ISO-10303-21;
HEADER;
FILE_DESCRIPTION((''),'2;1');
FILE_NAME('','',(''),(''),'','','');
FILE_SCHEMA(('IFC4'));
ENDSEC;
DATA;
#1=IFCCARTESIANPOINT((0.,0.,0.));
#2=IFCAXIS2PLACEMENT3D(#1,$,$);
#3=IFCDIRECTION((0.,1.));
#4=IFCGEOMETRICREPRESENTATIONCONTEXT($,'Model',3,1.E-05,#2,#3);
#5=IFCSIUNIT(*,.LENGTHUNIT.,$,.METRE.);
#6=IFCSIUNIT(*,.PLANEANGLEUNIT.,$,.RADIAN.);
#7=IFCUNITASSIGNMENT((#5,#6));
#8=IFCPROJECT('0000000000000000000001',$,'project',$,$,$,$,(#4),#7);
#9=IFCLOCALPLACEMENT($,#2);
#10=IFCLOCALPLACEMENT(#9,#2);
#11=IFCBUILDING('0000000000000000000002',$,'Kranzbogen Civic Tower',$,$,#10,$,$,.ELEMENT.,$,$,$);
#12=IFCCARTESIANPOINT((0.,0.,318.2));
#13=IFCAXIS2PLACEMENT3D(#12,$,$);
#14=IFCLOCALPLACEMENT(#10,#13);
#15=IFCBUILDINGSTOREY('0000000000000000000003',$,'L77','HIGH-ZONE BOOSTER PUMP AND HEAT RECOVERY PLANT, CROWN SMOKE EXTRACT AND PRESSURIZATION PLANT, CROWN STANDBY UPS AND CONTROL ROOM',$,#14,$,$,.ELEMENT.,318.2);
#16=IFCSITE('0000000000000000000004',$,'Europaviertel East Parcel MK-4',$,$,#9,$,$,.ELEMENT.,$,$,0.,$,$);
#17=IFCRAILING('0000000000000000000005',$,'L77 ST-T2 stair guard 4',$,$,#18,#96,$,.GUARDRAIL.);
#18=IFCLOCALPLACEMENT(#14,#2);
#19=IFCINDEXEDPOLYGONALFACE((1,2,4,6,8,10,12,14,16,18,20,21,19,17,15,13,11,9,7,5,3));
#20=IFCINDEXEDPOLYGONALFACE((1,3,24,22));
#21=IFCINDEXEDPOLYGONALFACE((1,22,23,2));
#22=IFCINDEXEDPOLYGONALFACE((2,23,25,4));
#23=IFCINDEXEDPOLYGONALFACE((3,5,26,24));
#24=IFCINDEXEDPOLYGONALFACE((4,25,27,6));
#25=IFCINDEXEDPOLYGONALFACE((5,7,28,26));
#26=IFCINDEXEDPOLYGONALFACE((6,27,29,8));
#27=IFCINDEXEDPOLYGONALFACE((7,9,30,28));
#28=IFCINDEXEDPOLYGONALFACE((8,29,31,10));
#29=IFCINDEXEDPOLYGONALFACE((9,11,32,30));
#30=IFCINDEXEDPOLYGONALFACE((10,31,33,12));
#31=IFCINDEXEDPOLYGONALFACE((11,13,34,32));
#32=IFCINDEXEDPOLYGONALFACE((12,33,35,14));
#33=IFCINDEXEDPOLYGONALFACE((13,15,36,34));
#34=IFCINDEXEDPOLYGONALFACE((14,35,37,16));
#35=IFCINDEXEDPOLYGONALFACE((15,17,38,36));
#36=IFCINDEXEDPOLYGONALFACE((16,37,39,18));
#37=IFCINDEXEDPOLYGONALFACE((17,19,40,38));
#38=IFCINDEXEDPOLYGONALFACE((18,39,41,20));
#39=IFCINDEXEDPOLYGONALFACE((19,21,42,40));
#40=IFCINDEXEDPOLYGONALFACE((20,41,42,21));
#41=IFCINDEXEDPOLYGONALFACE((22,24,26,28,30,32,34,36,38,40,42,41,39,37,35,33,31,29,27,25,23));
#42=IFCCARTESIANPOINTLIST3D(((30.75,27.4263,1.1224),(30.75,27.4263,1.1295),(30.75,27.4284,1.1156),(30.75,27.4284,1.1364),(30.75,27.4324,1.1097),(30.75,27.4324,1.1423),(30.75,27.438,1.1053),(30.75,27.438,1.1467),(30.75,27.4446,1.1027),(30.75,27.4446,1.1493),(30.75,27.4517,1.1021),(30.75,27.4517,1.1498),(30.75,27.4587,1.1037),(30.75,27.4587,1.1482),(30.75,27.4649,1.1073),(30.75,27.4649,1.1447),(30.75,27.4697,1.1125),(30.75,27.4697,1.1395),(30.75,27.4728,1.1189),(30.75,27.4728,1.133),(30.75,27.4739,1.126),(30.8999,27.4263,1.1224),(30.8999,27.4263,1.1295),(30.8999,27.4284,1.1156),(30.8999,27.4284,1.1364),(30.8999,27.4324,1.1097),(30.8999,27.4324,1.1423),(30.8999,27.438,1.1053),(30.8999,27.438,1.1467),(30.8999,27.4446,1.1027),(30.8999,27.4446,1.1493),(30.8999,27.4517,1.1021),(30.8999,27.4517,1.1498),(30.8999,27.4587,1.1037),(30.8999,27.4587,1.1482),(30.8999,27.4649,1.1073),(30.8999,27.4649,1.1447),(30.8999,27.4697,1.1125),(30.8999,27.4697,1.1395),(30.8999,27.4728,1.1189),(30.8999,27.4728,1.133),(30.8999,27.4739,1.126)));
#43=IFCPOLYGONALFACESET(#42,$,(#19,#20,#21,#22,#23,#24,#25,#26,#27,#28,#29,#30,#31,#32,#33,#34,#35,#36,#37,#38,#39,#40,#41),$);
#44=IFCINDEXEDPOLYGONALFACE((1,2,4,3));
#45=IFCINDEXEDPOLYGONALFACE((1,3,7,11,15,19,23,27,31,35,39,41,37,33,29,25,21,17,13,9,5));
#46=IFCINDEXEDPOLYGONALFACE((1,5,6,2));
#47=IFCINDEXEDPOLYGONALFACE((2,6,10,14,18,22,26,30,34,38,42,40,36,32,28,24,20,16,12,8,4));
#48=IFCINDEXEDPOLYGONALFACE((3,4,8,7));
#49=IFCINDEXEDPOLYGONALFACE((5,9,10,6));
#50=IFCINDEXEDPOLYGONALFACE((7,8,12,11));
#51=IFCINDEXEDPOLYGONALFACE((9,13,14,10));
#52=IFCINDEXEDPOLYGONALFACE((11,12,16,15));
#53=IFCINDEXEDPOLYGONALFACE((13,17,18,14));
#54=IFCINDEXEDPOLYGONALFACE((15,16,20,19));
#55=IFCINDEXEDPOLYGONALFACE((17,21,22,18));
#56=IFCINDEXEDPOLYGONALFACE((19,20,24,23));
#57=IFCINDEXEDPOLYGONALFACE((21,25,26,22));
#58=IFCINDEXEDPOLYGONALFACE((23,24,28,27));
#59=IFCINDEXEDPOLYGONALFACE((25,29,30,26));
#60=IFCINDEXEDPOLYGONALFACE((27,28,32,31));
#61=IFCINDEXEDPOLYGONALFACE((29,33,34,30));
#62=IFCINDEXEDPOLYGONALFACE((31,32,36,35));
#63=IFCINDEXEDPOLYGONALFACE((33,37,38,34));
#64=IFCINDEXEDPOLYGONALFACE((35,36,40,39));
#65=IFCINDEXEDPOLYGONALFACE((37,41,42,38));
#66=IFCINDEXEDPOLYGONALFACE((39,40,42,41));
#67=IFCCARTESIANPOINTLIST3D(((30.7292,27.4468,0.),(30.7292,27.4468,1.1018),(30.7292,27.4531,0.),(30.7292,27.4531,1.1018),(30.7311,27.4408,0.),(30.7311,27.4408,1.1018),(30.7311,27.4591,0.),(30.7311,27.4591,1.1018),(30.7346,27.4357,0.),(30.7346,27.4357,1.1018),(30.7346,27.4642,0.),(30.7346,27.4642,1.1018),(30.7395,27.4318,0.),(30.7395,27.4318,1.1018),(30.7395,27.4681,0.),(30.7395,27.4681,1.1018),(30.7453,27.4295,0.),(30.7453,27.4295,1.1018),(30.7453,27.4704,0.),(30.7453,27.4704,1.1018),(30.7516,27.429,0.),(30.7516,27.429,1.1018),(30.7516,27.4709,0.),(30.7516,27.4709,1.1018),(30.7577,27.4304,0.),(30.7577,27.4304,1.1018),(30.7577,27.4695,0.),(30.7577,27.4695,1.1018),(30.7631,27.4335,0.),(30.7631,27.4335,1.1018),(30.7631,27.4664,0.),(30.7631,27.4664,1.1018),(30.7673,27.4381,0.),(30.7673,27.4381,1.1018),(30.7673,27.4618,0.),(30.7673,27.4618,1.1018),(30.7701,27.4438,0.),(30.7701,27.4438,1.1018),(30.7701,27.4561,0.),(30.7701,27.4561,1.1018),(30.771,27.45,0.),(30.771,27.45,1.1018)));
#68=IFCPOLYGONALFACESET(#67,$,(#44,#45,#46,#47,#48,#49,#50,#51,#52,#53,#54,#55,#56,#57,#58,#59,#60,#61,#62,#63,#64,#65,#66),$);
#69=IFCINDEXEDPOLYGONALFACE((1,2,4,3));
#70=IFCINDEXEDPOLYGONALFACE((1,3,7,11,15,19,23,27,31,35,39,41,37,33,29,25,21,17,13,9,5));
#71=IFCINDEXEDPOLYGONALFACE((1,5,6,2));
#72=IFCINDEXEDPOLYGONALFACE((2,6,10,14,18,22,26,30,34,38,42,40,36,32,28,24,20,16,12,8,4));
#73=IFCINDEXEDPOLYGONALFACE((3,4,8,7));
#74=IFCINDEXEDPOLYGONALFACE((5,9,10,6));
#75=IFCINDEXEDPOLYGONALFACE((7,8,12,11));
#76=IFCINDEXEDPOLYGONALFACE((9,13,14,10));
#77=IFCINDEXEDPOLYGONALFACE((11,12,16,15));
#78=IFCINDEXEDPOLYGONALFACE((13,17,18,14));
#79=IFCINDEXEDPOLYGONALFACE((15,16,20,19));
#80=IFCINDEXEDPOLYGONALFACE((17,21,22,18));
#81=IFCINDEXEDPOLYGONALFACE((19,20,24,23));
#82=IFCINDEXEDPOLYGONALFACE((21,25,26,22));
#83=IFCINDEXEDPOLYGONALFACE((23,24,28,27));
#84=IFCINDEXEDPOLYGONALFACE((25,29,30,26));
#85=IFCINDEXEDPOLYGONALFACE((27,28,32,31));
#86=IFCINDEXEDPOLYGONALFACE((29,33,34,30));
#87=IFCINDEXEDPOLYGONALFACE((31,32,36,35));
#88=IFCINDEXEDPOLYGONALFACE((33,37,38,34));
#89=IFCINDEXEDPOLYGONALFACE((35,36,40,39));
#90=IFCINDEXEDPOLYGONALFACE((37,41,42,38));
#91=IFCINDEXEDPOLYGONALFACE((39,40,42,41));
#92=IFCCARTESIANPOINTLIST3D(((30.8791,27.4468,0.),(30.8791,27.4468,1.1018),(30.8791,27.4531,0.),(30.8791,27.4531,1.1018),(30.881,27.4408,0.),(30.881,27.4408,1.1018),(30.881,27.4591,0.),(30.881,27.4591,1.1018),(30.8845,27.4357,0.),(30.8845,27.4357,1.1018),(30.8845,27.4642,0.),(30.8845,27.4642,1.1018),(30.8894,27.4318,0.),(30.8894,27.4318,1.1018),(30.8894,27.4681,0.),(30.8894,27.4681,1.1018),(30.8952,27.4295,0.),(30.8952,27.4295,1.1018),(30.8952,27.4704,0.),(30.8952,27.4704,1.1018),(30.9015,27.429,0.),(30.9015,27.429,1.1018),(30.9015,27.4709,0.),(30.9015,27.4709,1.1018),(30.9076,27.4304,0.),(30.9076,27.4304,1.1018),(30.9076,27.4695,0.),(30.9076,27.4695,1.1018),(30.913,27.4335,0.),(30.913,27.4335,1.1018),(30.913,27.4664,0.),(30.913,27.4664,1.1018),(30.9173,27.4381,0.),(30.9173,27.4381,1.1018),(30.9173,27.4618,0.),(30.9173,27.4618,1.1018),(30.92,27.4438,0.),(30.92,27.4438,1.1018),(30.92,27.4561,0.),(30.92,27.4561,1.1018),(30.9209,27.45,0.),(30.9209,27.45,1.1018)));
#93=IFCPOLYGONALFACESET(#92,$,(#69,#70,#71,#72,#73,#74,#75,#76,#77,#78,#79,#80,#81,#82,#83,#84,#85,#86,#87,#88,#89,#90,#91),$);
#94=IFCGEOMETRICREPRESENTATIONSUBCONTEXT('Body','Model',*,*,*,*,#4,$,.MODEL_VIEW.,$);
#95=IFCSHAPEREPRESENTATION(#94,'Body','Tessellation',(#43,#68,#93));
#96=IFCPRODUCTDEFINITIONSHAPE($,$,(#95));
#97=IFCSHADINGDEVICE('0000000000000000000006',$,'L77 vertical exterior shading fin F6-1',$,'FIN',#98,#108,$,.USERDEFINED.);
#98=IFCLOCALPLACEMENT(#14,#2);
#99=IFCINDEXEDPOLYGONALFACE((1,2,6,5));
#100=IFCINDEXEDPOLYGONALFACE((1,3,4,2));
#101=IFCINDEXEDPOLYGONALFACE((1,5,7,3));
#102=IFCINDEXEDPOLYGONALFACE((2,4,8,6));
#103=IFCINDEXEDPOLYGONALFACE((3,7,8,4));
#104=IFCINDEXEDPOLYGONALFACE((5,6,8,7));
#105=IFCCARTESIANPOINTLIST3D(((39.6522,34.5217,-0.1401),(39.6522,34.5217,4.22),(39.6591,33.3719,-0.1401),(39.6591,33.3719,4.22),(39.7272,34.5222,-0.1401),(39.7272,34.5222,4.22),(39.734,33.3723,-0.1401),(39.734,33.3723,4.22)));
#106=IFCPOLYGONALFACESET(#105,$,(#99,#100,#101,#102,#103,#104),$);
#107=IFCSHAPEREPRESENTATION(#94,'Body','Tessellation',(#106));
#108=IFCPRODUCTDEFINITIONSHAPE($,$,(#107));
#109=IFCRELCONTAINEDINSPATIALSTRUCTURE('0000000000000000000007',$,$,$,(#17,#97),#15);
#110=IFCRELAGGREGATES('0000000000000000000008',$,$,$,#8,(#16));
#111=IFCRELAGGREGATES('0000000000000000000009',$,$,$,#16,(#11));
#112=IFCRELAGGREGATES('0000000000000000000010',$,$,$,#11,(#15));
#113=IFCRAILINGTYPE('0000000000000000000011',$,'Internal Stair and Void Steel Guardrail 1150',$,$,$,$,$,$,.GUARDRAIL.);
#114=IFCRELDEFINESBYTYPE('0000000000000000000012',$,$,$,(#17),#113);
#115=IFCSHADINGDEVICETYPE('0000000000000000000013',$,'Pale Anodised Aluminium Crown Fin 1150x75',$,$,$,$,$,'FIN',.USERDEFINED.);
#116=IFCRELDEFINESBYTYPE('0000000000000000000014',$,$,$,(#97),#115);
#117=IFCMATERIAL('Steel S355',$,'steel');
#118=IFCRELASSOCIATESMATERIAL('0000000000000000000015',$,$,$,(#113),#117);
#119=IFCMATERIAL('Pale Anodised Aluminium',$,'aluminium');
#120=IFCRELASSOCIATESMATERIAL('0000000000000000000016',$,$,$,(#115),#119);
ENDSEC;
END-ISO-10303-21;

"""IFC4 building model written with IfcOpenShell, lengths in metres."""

from ifc_helpers import new_model, si_unit, direction, frame, origin, origin_2d, place, context, subcontext, project, spatial, rectangle, circle, extrude, material, type_object, element, save


model = new_model("IFC4")

# Units and contexts
model_context = context("Model", 3, precision=1e-05, world=origin(), true_north=direction((0.0, 1.0)))
body_context = subcontext(model_context, "Body", "Model", "MODEL_VIEW")
ifc_project = project(units=[si_unit("LENGTHUNIT", "METRE"), si_unit("PLANEANGLEUNIT", "RADIAN")], contexts=[model_context])

# Site, building, storey
site_placement = place(None, origin())
site = spatial("IfcSite", under=ifc_project, at=site_placement, Name="Europaviertel East Parcel MK-4", CompositionType="ELEMENT", RefElevation=0.0)
building_placement = place(site_placement, origin())
building = spatial("IfcBuilding", under=site, at=building_placement, Name="Kranzbogen Civic Tower", CompositionType="ELEMENT")
storey_placement = place(building_placement, frame((0.0, 0.0, 318.2)))
storey = spatial("IfcBuildingStorey", under=building, at=storey_placement, Name="L77", Description="HIGH-ZONE BOOSTER PUMP AND HEAT RECOVERY PLANT, CROWN SMOKE EXTRACT AND PRESSURIZATION PLANT, CROWN STANDBY UPS AND CONTROL ROOM", CompositionType="ELEMENT", Elevation=318.2)

# Shared definitions
ifc_material_1 = material(Name="Steel S355", Category="steel")

# Shared definitions
ifc_material_2 = material(Name="Pale Anodised Aluminium", Category="aluminium")

# Railing
railing_type_1 = type_object("IfcRailingType", Name="Internal Stair and Void Steel Guardrail 1150", PredefinedType="GUARDRAIL", material=ifc_material_1)
railing_1_placement = place(storey_placement, frame((30.75, 27.45, 0.0)))
element("IfcRailing", 1, at=railing_1_placement, inside=storey, type_object=railing_type_1, Name="L77 ST-T2 stair guard 4", PredefinedType="GUARDRAIL", context=body_context, shape_type="SweptSolid", body=[
    extrude(circle(Radius=0.0239, at=origin_2d()), frame((0.0, 0.0, 1.126), z_axis=(1.0, 0.0, 0.0), x_axis=(0.0, 1.0, 0.0)), (0.0, 0.0, 1.0), 0.1499),
    extrude(circle(Radius=0.021, at=origin_2d()), origin(), (0.0, 0.0, 1.0), 1.1018),
    extrude(circle(Radius=0.021, at=origin_2d()), frame((0.1499, 0.0, 0.0)), (0.0, 0.0, 1.0), 1.1018),
])

# Shading device
shading_device_type = type_object("IfcShadingDeviceType", Name="Pale Anodised Aluminium Crown Fin 1150x75", ElementType="FIN", PredefinedType="USERDEFINED", material=ifc_material_2)
shading_device_placement = place(storey_placement, frame((39.6931, 33.947, -0.1401), z_axis=(0.0, 0.0, 1.0), x_axis=(-0.005969, 0.999982, 0.0)))
element("IfcShadingDevice", 2, at=shading_device_placement, inside=storey, type_object=shading_device_type, Name="L77 vertical exterior shading fin F6-1", ObjectType="FIN", PredefinedType="USERDEFINED", context=body_context, shape_type="SweptSolid", body=[
    extrude(rectangle(XDim=1.1499, YDim=0.075, at=origin_2d()), origin(), (0.0, 0.0, 1.0), 4.3601),
])

save(model, "model.ifc")
